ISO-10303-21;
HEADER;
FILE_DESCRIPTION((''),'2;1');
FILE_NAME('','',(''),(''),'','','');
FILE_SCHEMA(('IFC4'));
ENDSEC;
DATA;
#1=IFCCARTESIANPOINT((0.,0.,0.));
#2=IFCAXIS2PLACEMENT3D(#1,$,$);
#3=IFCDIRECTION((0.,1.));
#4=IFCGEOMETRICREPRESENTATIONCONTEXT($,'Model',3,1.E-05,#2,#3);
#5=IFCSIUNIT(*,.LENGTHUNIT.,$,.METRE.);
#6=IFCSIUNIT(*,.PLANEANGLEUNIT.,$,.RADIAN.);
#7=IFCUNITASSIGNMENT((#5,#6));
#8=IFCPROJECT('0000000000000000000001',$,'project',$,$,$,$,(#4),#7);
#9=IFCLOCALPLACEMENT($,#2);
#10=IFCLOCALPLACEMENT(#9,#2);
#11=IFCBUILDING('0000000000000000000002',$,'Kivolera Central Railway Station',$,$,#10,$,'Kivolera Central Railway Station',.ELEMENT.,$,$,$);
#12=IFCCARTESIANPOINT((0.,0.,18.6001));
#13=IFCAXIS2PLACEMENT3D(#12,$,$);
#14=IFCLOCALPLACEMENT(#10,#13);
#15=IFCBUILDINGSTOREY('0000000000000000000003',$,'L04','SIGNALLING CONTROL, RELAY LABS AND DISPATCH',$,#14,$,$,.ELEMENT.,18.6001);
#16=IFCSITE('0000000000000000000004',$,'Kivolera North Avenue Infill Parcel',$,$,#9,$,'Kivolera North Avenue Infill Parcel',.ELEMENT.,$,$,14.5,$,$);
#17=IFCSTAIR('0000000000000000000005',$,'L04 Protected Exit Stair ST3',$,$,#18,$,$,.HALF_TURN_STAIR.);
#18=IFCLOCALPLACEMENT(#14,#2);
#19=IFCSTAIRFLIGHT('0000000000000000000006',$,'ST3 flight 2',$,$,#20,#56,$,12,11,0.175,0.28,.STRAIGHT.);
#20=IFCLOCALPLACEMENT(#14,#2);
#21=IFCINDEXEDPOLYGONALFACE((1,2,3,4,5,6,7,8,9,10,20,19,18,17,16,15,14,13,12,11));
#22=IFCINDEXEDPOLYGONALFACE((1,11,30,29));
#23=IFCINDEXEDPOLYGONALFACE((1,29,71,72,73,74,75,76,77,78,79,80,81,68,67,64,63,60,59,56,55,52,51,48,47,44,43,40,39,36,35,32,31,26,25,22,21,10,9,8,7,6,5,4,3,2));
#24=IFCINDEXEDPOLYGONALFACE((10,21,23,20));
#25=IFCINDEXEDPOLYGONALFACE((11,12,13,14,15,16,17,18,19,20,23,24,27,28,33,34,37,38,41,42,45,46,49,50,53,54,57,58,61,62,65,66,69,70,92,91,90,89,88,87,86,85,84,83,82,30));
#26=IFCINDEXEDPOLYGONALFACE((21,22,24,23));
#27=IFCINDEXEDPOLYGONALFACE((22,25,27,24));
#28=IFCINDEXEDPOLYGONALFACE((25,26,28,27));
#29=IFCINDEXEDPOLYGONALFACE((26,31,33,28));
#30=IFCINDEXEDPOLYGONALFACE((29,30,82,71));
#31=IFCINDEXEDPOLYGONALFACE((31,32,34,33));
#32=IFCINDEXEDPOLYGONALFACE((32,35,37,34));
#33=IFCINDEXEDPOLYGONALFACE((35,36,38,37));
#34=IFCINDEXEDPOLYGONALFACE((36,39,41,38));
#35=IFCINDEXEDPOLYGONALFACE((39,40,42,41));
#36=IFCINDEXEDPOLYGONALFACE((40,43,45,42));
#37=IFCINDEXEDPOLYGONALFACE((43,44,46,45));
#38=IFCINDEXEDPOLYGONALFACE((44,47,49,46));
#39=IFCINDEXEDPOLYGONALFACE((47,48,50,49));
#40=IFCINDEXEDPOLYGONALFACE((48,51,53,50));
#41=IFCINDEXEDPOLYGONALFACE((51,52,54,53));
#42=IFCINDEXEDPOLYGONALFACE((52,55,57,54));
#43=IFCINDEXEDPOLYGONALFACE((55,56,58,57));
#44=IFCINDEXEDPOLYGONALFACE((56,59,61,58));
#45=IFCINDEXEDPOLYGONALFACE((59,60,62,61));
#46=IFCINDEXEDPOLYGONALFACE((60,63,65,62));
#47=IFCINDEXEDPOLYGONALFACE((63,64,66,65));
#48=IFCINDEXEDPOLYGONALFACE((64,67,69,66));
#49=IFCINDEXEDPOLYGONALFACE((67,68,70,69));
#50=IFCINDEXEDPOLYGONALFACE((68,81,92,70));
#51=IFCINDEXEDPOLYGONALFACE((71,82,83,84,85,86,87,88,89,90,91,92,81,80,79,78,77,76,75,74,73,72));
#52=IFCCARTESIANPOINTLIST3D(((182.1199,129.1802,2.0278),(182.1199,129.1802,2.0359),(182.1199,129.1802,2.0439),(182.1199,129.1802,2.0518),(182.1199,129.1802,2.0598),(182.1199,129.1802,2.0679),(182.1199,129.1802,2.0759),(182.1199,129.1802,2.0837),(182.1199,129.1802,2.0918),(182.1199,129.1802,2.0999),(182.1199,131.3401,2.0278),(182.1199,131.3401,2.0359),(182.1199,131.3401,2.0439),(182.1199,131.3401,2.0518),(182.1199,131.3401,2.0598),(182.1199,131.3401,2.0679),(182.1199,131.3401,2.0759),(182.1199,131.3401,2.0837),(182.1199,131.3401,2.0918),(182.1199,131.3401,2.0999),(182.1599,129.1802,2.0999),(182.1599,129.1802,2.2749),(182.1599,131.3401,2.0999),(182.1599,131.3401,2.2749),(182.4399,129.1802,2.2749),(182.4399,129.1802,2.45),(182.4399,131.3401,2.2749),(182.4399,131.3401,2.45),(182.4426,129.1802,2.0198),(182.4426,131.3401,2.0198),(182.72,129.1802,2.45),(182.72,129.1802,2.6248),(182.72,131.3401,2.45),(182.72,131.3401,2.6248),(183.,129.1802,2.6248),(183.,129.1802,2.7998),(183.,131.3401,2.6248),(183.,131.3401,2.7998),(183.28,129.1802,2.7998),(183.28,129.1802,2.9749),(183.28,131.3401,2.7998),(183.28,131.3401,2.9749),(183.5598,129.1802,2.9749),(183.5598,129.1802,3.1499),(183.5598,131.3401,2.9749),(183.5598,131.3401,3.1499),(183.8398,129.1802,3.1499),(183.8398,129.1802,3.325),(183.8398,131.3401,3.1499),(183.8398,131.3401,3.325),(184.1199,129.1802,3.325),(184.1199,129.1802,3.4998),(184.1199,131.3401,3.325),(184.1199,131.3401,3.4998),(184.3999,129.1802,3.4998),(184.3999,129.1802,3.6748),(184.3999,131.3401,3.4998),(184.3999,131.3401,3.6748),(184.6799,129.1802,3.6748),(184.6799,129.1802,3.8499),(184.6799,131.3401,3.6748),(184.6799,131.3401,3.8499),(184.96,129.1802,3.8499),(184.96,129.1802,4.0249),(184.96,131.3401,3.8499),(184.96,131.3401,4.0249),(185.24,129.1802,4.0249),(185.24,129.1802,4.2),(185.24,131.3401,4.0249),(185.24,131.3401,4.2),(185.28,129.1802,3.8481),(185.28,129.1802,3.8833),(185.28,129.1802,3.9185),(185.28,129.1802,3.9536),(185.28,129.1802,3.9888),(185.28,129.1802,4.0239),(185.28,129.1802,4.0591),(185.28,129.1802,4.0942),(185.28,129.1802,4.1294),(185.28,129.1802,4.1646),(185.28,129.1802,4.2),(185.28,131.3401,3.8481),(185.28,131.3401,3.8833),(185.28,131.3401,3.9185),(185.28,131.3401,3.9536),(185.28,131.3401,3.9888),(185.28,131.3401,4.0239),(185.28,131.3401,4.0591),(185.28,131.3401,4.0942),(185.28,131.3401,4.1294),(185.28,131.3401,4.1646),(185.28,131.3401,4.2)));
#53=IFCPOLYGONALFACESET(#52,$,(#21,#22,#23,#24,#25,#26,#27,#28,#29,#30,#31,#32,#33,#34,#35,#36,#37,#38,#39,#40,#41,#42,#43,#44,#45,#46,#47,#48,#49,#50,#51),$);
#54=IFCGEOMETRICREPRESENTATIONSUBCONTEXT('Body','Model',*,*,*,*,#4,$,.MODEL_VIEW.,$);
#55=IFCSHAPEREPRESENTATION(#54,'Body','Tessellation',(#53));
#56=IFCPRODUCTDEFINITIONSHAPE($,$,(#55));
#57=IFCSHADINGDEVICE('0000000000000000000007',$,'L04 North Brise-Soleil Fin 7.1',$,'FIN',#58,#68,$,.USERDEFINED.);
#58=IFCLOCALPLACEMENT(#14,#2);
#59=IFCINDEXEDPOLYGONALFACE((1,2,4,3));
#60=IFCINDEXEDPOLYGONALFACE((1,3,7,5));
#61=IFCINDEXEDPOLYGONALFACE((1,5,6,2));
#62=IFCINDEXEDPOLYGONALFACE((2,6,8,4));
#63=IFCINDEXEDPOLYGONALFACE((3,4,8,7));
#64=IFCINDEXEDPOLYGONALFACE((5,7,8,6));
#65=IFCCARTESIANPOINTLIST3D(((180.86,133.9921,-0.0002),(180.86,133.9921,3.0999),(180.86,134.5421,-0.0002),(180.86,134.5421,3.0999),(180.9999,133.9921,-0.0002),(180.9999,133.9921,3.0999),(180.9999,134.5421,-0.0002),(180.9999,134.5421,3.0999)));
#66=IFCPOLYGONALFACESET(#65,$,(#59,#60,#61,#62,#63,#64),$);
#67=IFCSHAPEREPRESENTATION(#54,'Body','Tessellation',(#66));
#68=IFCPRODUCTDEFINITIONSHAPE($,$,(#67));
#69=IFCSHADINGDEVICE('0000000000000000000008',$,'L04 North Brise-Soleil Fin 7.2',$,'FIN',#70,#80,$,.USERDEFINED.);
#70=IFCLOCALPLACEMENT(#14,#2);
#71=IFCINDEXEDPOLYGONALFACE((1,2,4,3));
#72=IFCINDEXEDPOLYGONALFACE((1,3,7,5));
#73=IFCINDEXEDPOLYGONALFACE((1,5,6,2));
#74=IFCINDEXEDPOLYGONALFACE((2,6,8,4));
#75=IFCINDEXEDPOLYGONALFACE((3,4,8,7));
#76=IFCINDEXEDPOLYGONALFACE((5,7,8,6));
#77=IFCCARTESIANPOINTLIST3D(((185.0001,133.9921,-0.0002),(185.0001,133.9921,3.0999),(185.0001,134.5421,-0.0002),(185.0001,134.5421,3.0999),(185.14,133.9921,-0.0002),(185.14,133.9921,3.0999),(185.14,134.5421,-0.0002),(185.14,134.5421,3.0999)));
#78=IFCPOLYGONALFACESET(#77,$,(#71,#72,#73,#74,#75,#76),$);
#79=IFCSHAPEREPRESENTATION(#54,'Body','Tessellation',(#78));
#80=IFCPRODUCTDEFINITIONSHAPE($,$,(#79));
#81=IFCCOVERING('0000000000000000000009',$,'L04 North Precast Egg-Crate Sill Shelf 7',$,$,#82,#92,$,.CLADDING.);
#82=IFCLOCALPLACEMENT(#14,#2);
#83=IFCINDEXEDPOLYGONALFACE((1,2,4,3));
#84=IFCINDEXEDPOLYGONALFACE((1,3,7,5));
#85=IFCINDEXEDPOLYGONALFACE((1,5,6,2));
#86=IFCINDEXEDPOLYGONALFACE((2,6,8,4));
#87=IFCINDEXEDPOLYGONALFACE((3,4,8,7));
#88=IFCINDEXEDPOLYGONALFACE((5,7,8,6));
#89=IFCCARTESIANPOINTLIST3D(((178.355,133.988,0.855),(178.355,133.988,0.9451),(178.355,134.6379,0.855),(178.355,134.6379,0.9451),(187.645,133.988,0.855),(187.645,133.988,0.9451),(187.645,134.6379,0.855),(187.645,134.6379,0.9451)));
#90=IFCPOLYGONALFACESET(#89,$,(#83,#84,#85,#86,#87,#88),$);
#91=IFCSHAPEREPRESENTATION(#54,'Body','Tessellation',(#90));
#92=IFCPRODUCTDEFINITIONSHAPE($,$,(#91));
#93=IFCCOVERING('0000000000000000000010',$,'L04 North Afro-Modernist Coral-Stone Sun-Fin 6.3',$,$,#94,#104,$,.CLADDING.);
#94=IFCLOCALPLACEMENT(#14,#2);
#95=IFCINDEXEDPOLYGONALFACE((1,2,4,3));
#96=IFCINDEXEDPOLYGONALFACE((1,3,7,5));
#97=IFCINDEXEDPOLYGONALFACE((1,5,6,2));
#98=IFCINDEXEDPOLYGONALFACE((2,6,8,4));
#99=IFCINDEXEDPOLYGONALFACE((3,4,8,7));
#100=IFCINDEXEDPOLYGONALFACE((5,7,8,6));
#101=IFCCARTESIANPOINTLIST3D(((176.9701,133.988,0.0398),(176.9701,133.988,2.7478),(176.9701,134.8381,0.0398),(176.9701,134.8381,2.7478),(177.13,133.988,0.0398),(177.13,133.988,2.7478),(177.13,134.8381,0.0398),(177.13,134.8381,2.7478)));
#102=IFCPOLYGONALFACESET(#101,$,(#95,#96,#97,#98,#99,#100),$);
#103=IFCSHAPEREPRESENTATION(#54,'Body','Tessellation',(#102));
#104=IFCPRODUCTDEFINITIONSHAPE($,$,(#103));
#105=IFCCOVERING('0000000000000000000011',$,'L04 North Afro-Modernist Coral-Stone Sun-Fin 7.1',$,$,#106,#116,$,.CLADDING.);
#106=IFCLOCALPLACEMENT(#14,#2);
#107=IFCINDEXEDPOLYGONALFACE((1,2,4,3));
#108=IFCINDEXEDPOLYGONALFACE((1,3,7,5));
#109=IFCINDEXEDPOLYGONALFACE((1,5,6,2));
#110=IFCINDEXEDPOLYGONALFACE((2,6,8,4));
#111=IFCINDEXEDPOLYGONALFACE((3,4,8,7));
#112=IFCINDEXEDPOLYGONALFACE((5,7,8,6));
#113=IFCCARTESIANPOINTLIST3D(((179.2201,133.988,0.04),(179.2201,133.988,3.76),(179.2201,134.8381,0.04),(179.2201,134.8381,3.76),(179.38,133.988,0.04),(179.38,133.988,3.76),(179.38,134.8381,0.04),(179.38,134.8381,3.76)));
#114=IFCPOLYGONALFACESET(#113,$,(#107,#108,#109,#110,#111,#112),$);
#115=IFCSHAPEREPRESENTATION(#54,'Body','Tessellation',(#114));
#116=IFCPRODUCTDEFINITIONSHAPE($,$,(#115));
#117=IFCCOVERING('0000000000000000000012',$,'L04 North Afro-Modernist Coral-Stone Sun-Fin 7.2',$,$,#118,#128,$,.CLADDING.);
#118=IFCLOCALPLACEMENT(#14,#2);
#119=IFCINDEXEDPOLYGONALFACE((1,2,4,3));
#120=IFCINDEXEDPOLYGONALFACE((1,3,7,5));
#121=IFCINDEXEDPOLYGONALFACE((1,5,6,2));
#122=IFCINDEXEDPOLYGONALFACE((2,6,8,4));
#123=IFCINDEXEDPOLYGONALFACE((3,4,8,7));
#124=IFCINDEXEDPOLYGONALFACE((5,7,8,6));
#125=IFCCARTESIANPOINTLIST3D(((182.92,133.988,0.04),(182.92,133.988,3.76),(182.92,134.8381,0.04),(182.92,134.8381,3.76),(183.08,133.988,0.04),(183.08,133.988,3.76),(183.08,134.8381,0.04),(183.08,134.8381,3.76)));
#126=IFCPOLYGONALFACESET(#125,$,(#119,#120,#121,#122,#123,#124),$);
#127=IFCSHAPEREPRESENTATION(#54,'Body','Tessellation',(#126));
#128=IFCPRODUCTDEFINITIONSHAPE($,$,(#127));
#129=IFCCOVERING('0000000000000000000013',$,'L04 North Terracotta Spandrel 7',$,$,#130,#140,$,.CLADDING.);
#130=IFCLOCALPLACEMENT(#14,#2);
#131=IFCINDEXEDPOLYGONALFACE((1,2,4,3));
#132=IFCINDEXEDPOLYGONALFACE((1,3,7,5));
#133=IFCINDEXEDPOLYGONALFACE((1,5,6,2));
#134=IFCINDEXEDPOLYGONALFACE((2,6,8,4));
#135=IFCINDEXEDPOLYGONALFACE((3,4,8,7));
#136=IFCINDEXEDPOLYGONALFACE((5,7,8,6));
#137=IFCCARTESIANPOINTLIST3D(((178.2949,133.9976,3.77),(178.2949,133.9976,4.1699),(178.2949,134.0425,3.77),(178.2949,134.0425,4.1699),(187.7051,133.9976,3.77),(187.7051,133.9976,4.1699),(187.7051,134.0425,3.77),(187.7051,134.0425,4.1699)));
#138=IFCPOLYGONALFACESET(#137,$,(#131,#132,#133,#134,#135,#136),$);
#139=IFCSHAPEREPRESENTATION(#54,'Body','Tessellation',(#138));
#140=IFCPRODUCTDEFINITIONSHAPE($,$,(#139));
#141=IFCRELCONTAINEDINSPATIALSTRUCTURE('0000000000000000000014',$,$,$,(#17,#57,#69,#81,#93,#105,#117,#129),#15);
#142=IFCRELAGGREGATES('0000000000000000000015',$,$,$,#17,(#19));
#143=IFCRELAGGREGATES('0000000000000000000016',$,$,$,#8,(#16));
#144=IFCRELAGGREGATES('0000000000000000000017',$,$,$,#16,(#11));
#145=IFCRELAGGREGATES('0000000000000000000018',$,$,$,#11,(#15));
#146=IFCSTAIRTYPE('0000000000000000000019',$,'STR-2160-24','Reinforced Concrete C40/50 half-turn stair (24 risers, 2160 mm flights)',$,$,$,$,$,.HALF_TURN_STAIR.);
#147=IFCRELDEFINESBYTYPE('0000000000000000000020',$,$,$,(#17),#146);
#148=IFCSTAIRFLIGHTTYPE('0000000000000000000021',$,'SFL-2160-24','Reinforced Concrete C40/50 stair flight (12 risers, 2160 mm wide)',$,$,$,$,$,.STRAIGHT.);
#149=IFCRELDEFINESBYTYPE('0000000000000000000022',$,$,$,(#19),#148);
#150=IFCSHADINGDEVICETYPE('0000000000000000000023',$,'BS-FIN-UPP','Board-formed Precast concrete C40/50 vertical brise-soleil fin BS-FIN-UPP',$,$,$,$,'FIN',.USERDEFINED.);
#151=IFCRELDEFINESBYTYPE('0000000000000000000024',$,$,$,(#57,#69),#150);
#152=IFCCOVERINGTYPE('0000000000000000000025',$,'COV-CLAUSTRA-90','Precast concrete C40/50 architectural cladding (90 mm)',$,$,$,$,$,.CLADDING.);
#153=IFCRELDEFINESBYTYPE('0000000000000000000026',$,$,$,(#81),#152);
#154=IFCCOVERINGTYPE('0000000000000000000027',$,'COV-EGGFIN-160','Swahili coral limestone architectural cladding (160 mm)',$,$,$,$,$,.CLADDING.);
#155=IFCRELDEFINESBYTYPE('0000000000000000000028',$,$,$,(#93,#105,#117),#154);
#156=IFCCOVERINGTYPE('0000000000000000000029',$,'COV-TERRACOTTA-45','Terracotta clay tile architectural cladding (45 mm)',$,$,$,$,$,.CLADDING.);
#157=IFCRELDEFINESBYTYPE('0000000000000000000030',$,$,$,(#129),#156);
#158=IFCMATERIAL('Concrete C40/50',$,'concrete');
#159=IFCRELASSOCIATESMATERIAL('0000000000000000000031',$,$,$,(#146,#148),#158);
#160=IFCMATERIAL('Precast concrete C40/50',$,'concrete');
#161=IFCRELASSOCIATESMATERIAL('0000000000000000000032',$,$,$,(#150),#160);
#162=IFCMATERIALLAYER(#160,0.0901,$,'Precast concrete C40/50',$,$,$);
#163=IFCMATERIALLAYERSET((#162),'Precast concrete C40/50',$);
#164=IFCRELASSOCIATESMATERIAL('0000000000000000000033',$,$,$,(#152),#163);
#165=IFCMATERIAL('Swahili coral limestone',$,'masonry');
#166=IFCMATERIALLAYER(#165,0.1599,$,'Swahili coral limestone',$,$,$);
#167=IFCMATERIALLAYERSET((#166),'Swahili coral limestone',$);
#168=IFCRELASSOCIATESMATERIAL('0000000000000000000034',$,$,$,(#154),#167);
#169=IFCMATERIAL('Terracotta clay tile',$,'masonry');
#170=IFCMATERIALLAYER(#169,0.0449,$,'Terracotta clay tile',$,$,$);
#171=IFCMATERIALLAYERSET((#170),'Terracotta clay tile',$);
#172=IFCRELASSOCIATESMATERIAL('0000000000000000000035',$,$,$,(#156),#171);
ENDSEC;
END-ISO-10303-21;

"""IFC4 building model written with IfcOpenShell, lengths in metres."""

from ifc_helpers import new_model, si_unit, direction, frame, frame_2d, origin, origin_2d, place, context, subcontext, project, spatial, polyline, rectangle, outline, extrude, material, layer, layer_set, type_object, element, aggregate, save


model = new_model("IFC4")

# Units and contexts
model_context = context("Model", 3, precision=1e-05, world=origin(), true_north=direction((0.0, 1.0)))
body_context = subcontext(model_context, "Body", "Model", "MODEL_VIEW")
ifc_project = project(units=[si_unit("LENGTHUNIT", "METRE"), si_unit("PLANEANGLEUNIT", "RADIAN")], contexts=[model_context])

# Site, building, storey
site_placement = place(None, origin())
site = spatial("IfcSite", under=ifc_project, at=site_placement, Name="Kivolera North Avenue Infill Parcel", LongName="Kivolera North Avenue Infill Parcel", CompositionType="ELEMENT", RefElevation=14.5)
building_placement = place(site_placement, origin())
building = spatial("IfcBuilding", under=site, at=building_placement, Name="Kivolera Central Railway Station", LongName="Kivolera Central Railway Station", CompositionType="ELEMENT")
storey_placement = place(building_placement, frame((0.0, 0.0, 18.6001)))
storey = spatial("IfcBuildingStorey", under=building, at=storey_placement, Name="L04", Description="SIGNALLING CONTROL, RELAY LABS AND DISPATCH", CompositionType="ELEMENT", Elevation=18.6001)

# Shared definitions
ifc_material_1 = material(Name="Concrete C40/50", Category="concrete")

# Stair, stair flight
stair_type = type_object("IfcStairType", Name="STR-2160-24", Description="Reinforced Concrete C40/50 half-turn stair (24 risers, 2160 mm flights)", PredefinedType="HALF_TURN_STAIR", material=ifc_material_1)
stair_placement = place(storey_placement, origin())
stair = element("IfcStair", 1, at=stair_placement, inside=storey, type_object=stair_type, Name="L04 Protected Exit Stair ST3", PredefinedType="HALF_TURN_STAIR")
stair_flight_type = type_object("IfcStairFlightType", Name="SFL-2160-24", Description="Reinforced Concrete C40/50 stair flight (12 risers, 2160 mm wide)", PredefinedType="STRAIGHT", material=ifc_material_1)
stair_flight_1_placement = place(storey_placement, frame((182.1599, 130.26, 2.0999), z_axis=(0.0, 0.0, 1.0), x_axis=(1.0, 0.0, 0.0)))
stair_flight_1 = element("IfcStairFlight", 2, at=stair_flight_1_placement, type_object=stair_flight_type, Name="ST3 flight 2", NumberOfRisers=12, NumberOfTreads=11, PredefinedType="STRAIGHT", RiserHeight=0.175, TreadLength=0.28, context=body_context, shape_type="SweptSolid", body=[
    extrude(outline(polyline([(-0.04, 0.0), (0.0, 0.0), (0.0, 0.175), (0.28, 0.175), (0.28, 0.3501), (0.5601, 0.3501), (0.5601, 0.5249), (0.8401, 0.5249), (0.8401, 0.7), (1.1201, 0.7), (1.1201, 0.875), (1.3999, 0.875), (1.3999, 1.05), (1.6799, 1.05), (1.6799, 1.2251), (1.96, 1.2251), (1.96, 1.3999), (2.24, 1.3999), (2.24, 1.575), (2.52, 1.575), (2.52, 1.75), (2.8, 1.75), (2.8, 1.925), (3.0801, 1.925), (3.0801, 2.1001), (3.1201, 2.1001), (3.1201, 2.0647), (3.1201, 2.0295), (3.1201, 1.9944), (3.1201, 1.9592), (3.1201, 1.9241), (3.1201, 1.8889), (3.1201, 1.8538), (3.1201, 1.8186), (3.1201, 1.7834), (3.1201, 1.7483), (0.2827, -0.0801), (-0.04, -0.072), (-0.04, -0.064), (-0.04, -0.0559), (-0.04, -0.0481), (-0.04, -0.04), (-0.04, -0.032), (-0.04, -0.0239), (-0.04, -0.0161), (-0.04, -0.0081), (-0.04, 0.0)])), frame((0.0, 1.0801, 0.0), z_axis=(0.0, -1.0, 0.0), x_axis=(1.0, 0.0, 0.0)), (0.0, 0.0, 1.0), 2.1599),
])
aggregate(stair, [stair_flight_1])

# Shading devices
ifc_material_2 = material(Name="Precast concrete C40/50", Category="concrete")
shading_device_type = type_object("IfcShadingDeviceType", Name="BS-FIN-UPP", Description="Board-formed Precast concrete C40/50 vertical brise-soleil fin BS-FIN-UPP", ElementType="FIN", PredefinedType="USERDEFINED", material=ifc_material_2)
for number, where, z_axis, x_axis, name in (
    (3, (180.9299, 134.2671, -0.0002), (0.0, 0.0, 1.0), (1.0, 0.0, 0.0), "L04 North Brise-Soleil Fin 7.1"),
    (4, (185.0701, 134.2671, -0.0002), (0.0, 0.0, 1.0), (1.0, 0.0, 0.0), "L04 North Brise-Soleil Fin 7.2"),
):
    element("IfcShadingDevice", number, at=place(storey_placement, frame(where, z_axis=z_axis, x_axis=x_axis)), inside=storey, type_object=shading_device_type, Name=name, ObjectType="FIN", PredefinedType="USERDEFINED", context=body_context, shape_type="SweptSolid", body=[
        extrude(rectangle(XDim=0.1399, YDim=0.55, at=origin_2d()), origin(), (0.0, 0.0, 1.0), 3.1001),
    ])

# Coverings
ifc_layer_1 = layer(ifc_material_2, 0.0901, Name="Precast concrete C40/50")
ifc_layer_set_1 = layer_set([ifc_layer_1], Name="Precast concrete C40/50")
covering_type_1 = type_object("IfcCoveringType", Name="COV-CLAUSTRA-90", Description="Precast concrete C40/50 architectural cladding (90 mm)", PredefinedType="CLADDING", material=ifc_layer_set_1)
covering_1_placement = place(storey_placement, frame((183.0, 134.313, 0.855), z_axis=(0.0, 0.0, 1.0), x_axis=(1.0, 0.0, 0.0)))
element("IfcCovering", 5, at=covering_1_placement, inside=storey, type_object=covering_type_1, Name="L04 North Precast Egg-Crate Sill Shelf 7", PredefinedType="CLADDING", context=body_context, shape_type="SweptSolid", body=[
    extrude(rectangle(XDim=9.29, YDim=0.6499, at=origin_2d()), origin(), (0.0, 0.0, 1.0), 0.0901),
])
ifc_material_3 = material(Name="Swahili coral limestone", Category="masonry")
ifc_layer_2 = layer(ifc_material_3, 0.1599, Name="Swahili coral limestone")
ifc_layer_set_2 = layer_set([ifc_layer_2], Name="Swahili coral limestone")
covering_type_2 = type_object("IfcCoveringType", Name="COV-EGGFIN-160", Description="Swahili coral limestone architectural cladding (160 mm)", PredefinedType="CLADDING", material=ifc_layer_set_2)
covering_2_placement = place(storey_placement, frame((177.05, 134.4131, 0.0398), z_axis=(0.0, 0.0, 1.0), x_axis=(1.0, 0.0, 0.0)))
element("IfcCovering", 6, at=covering_2_placement, inside=storey, type_object=covering_type_2, Name="L04 North Afro-Modernist Coral-Stone Sun-Fin 6.3", PredefinedType="CLADDING", context=body_context, shape_type="SweptSolid", body=[
    extrude(rectangle(XDim=0.1599, YDim=0.8501, at=origin_2d()), origin(), (0.0, 0.0, 1.0), 2.708),
])
for number, where, z_axis, x_axis, name in (
    (7, (179.3, 134.4131, 0.04), (0.0, 0.0, 1.0), (1.0, 0.0, 0.0), "L04 North Afro-Modernist Coral-Stone Sun-Fin 7.1"),
    (8, (183.0, 134.4131, 0.04), (0.0, 0.0, 1.0), (1.0, 0.0, 0.0), "L04 North Afro-Modernist Coral-Stone Sun-Fin 7.2"),
):
    element("IfcCovering", number, at=place(storey_placement, frame(where, z_axis=z_axis, x_axis=x_axis)), inside=storey, type_object=covering_type_2, Name=name, PredefinedType="CLADDING", context=body_context, shape_type="SweptSolid", body=[
        extrude(rectangle(XDim=0.1599, YDim=0.8501, at=origin_2d()), origin(), (0.0, 0.0, 1.0), 3.72),
    ])
ifc_material_4 = material(Name="Terracotta clay tile", Category="masonry")
ifc_layer_3 = layer(ifc_material_4, 0.0449, Name="Terracotta clay tile")
ifc_layer_set_3 = layer_set([ifc_layer_3], Name="Terracotta clay tile")
covering_type_3 = type_object("IfcCoveringType", Name="COV-TERRACOTTA-45", Description="Terracotta clay tile architectural cladding (45 mm)", PredefinedType="CLADDING", material=ifc_layer_set_3)
covering_3_placement = place(storey_placement, frame((178.2949, 134.02, 3.77), z_axis=(0.0, 0.0, 1.0), x_axis=(1.0, 0.0, 0.0)))
element("IfcCovering", 9, at=covering_3_placement, inside=storey, type_object=covering_type_3, Name="L04 North Terracotta Spandrel 7", PredefinedType="CLADDING", context=body_context, shape_type="SweptSolid", body=[
    extrude(rectangle(XDim=9.4102, YDim=0.0449, at=frame_2d((4.7051, 0.0))), origin(), (0.0, 0.0, 1.0), 0.3999),
])

save(model, "model.ifc")
